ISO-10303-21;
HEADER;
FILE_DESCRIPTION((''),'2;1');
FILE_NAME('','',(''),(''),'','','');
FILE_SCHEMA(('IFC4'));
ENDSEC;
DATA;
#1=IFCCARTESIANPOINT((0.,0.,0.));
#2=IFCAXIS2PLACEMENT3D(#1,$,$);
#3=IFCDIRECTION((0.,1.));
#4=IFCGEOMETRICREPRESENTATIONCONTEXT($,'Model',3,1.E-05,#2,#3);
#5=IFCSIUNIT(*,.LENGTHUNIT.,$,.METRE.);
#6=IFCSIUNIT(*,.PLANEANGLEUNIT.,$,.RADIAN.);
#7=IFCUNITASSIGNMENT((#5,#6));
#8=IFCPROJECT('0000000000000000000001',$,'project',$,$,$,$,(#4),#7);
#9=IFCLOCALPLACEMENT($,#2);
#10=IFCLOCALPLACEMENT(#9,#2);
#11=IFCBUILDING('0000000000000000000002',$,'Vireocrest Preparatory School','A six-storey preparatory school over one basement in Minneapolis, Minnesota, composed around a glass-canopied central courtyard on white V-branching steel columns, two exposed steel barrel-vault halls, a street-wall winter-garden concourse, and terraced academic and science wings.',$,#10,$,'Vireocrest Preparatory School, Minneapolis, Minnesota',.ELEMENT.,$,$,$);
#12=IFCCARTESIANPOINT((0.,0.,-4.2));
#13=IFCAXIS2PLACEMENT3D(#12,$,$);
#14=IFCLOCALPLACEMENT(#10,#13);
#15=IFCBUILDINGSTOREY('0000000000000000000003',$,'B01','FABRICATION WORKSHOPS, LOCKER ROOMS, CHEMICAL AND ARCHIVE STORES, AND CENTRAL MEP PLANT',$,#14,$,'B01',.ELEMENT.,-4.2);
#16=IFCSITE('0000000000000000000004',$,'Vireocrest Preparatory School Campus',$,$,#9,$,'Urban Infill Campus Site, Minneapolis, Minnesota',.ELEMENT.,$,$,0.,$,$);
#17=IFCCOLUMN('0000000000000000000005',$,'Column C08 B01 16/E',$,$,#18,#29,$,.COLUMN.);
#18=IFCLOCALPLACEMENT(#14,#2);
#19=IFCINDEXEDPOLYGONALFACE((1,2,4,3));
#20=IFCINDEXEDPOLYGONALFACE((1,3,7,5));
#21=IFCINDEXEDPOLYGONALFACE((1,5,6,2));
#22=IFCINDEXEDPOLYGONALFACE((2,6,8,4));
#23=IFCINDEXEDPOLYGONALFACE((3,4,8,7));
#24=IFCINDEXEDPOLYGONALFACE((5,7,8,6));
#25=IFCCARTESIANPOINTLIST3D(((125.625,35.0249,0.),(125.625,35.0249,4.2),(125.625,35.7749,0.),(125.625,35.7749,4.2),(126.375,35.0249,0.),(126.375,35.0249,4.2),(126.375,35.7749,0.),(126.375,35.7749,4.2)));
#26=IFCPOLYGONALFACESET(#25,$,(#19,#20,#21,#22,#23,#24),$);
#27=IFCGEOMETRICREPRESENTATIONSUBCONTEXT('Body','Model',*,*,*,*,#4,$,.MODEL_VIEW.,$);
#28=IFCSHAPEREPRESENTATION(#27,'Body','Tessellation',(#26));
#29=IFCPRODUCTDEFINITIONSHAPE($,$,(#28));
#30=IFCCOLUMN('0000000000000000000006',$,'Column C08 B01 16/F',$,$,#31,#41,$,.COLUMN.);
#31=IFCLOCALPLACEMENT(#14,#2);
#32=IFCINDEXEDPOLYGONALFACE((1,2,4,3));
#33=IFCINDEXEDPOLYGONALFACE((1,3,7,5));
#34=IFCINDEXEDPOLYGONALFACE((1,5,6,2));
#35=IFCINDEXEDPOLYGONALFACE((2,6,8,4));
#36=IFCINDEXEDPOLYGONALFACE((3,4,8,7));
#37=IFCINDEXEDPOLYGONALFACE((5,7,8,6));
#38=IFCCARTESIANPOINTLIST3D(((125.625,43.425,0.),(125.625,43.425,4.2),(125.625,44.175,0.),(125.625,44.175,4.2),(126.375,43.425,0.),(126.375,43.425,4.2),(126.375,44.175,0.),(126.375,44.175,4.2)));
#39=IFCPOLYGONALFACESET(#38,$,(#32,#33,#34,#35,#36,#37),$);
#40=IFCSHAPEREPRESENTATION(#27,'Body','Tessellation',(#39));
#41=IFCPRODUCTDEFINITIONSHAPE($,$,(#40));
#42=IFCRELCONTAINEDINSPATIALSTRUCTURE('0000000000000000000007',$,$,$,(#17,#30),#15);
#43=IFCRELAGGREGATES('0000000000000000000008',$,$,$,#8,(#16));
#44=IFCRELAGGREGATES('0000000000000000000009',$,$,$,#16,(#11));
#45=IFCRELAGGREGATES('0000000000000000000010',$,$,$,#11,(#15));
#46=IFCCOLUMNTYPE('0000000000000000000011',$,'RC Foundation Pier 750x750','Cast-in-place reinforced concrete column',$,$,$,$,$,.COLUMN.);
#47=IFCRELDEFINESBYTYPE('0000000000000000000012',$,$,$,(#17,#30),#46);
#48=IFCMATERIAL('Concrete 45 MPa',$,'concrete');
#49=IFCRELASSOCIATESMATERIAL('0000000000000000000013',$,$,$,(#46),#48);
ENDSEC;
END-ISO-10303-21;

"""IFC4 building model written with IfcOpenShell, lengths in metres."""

from ifc_helpers import new_model, si_unit, direction, frame, origin, origin_2d, place, context, subcontext, project, spatial, rectangle, extrude, material, material_profile, profile_set, type_object, element, save


model = new_model("IFC4")

# Units and contexts
model_context = context("Model", 3, precision=1e-05, world=origin(), true_north=direction((0.0, 1.0)))
body_context = subcontext(model_context, "Body", "Model", "MODEL_VIEW")
ifc_project = project(units=[si_unit("LENGTHUNIT", "METRE"), si_unit("PLANEANGLEUNIT", "RADIAN")], contexts=[model_context])

# Site, building, storey
site_placement = place(None, origin())
site = spatial("IfcSite", under=ifc_project, at=site_placement, Name="Vireocrest Preparatory School Campus", LongName="Urban Infill Campus Site, Minneapolis, Minnesota", CompositionType="ELEMENT", RefElevation=0.0)
building_placement = place(site_placement, origin())
building = spatial("IfcBuilding", under=site, at=building_placement, Name="Vireocrest Preparatory School", Description="A six-storey preparatory school over one basement in Minneapolis, Minnesota, composed around a glass-canopied central courtyard on white V-branching steel columns, two exposed steel barrel-vault halls, a street-wall winter-garden concourse, and terraced academic and science wings.", LongName="Vireocrest Preparatory School, Minneapolis, Minnesota", CompositionType="ELEMENT")
storey_placement = place(building_placement, frame((0.0, 0.0, -4.2)))
storey = spatial("IfcBuildingStorey", under=building, at=storey_placement, Name="B01", Description="FABRICATION WORKSHOPS, LOCKER ROOMS, CHEMICAL AND ARCHIVE STORES, AND CENTRAL MEP PLANT", LongName="B01", CompositionType="ELEMENT", Elevation=-4.2)

# Columns
ifc_material_1 = material(Name="Concrete 45 MPa", Category="concrete")
ifc_material_profile_1 = material_profile(ifc_material_1, rectangle(XDim=0.75, YDim=0.75, at=origin_2d()), Name="RC 750x750")
ifc_profile_set_1 = profile_set([ifc_material_profile_1], Name="Concrete 45 MPa")
column_type = type_object("IfcColumnType", Name="RC Foundation Pier 750x750", Description="Cast-in-place reinforced concrete column", PredefinedType="COLUMN", material=ifc_profile_set_1)
for number, where, z_axis, x_axis, name in (
    (1, (126.0, 35.3999, 0.0), (0.0, 0.0, 1.0), (1.0, 0.0, 0.0), "Column C08 B01 16/E"),
    (2, (126.0, 43.8, 0.0), (0.0, 0.0, 1.0), (1.0, 0.0, 0.0), "Column C08 B01 16/F"),
):
    element("IfcColumn", number, at=place(storey_placement, frame(where, z_axis=z_axis, x_axis=x_axis)), inside=storey, type_object=column_type, Name=name, PredefinedType="COLUMN", context=body_context, shape_type="SweptSolid", body=[
        extrude(rectangle(XDim=0.75, YDim=0.75, at=origin_2d()), origin(), (0.0, 0.0, 1.0), 4.2),
    ])

save(model, "model.ifc")
